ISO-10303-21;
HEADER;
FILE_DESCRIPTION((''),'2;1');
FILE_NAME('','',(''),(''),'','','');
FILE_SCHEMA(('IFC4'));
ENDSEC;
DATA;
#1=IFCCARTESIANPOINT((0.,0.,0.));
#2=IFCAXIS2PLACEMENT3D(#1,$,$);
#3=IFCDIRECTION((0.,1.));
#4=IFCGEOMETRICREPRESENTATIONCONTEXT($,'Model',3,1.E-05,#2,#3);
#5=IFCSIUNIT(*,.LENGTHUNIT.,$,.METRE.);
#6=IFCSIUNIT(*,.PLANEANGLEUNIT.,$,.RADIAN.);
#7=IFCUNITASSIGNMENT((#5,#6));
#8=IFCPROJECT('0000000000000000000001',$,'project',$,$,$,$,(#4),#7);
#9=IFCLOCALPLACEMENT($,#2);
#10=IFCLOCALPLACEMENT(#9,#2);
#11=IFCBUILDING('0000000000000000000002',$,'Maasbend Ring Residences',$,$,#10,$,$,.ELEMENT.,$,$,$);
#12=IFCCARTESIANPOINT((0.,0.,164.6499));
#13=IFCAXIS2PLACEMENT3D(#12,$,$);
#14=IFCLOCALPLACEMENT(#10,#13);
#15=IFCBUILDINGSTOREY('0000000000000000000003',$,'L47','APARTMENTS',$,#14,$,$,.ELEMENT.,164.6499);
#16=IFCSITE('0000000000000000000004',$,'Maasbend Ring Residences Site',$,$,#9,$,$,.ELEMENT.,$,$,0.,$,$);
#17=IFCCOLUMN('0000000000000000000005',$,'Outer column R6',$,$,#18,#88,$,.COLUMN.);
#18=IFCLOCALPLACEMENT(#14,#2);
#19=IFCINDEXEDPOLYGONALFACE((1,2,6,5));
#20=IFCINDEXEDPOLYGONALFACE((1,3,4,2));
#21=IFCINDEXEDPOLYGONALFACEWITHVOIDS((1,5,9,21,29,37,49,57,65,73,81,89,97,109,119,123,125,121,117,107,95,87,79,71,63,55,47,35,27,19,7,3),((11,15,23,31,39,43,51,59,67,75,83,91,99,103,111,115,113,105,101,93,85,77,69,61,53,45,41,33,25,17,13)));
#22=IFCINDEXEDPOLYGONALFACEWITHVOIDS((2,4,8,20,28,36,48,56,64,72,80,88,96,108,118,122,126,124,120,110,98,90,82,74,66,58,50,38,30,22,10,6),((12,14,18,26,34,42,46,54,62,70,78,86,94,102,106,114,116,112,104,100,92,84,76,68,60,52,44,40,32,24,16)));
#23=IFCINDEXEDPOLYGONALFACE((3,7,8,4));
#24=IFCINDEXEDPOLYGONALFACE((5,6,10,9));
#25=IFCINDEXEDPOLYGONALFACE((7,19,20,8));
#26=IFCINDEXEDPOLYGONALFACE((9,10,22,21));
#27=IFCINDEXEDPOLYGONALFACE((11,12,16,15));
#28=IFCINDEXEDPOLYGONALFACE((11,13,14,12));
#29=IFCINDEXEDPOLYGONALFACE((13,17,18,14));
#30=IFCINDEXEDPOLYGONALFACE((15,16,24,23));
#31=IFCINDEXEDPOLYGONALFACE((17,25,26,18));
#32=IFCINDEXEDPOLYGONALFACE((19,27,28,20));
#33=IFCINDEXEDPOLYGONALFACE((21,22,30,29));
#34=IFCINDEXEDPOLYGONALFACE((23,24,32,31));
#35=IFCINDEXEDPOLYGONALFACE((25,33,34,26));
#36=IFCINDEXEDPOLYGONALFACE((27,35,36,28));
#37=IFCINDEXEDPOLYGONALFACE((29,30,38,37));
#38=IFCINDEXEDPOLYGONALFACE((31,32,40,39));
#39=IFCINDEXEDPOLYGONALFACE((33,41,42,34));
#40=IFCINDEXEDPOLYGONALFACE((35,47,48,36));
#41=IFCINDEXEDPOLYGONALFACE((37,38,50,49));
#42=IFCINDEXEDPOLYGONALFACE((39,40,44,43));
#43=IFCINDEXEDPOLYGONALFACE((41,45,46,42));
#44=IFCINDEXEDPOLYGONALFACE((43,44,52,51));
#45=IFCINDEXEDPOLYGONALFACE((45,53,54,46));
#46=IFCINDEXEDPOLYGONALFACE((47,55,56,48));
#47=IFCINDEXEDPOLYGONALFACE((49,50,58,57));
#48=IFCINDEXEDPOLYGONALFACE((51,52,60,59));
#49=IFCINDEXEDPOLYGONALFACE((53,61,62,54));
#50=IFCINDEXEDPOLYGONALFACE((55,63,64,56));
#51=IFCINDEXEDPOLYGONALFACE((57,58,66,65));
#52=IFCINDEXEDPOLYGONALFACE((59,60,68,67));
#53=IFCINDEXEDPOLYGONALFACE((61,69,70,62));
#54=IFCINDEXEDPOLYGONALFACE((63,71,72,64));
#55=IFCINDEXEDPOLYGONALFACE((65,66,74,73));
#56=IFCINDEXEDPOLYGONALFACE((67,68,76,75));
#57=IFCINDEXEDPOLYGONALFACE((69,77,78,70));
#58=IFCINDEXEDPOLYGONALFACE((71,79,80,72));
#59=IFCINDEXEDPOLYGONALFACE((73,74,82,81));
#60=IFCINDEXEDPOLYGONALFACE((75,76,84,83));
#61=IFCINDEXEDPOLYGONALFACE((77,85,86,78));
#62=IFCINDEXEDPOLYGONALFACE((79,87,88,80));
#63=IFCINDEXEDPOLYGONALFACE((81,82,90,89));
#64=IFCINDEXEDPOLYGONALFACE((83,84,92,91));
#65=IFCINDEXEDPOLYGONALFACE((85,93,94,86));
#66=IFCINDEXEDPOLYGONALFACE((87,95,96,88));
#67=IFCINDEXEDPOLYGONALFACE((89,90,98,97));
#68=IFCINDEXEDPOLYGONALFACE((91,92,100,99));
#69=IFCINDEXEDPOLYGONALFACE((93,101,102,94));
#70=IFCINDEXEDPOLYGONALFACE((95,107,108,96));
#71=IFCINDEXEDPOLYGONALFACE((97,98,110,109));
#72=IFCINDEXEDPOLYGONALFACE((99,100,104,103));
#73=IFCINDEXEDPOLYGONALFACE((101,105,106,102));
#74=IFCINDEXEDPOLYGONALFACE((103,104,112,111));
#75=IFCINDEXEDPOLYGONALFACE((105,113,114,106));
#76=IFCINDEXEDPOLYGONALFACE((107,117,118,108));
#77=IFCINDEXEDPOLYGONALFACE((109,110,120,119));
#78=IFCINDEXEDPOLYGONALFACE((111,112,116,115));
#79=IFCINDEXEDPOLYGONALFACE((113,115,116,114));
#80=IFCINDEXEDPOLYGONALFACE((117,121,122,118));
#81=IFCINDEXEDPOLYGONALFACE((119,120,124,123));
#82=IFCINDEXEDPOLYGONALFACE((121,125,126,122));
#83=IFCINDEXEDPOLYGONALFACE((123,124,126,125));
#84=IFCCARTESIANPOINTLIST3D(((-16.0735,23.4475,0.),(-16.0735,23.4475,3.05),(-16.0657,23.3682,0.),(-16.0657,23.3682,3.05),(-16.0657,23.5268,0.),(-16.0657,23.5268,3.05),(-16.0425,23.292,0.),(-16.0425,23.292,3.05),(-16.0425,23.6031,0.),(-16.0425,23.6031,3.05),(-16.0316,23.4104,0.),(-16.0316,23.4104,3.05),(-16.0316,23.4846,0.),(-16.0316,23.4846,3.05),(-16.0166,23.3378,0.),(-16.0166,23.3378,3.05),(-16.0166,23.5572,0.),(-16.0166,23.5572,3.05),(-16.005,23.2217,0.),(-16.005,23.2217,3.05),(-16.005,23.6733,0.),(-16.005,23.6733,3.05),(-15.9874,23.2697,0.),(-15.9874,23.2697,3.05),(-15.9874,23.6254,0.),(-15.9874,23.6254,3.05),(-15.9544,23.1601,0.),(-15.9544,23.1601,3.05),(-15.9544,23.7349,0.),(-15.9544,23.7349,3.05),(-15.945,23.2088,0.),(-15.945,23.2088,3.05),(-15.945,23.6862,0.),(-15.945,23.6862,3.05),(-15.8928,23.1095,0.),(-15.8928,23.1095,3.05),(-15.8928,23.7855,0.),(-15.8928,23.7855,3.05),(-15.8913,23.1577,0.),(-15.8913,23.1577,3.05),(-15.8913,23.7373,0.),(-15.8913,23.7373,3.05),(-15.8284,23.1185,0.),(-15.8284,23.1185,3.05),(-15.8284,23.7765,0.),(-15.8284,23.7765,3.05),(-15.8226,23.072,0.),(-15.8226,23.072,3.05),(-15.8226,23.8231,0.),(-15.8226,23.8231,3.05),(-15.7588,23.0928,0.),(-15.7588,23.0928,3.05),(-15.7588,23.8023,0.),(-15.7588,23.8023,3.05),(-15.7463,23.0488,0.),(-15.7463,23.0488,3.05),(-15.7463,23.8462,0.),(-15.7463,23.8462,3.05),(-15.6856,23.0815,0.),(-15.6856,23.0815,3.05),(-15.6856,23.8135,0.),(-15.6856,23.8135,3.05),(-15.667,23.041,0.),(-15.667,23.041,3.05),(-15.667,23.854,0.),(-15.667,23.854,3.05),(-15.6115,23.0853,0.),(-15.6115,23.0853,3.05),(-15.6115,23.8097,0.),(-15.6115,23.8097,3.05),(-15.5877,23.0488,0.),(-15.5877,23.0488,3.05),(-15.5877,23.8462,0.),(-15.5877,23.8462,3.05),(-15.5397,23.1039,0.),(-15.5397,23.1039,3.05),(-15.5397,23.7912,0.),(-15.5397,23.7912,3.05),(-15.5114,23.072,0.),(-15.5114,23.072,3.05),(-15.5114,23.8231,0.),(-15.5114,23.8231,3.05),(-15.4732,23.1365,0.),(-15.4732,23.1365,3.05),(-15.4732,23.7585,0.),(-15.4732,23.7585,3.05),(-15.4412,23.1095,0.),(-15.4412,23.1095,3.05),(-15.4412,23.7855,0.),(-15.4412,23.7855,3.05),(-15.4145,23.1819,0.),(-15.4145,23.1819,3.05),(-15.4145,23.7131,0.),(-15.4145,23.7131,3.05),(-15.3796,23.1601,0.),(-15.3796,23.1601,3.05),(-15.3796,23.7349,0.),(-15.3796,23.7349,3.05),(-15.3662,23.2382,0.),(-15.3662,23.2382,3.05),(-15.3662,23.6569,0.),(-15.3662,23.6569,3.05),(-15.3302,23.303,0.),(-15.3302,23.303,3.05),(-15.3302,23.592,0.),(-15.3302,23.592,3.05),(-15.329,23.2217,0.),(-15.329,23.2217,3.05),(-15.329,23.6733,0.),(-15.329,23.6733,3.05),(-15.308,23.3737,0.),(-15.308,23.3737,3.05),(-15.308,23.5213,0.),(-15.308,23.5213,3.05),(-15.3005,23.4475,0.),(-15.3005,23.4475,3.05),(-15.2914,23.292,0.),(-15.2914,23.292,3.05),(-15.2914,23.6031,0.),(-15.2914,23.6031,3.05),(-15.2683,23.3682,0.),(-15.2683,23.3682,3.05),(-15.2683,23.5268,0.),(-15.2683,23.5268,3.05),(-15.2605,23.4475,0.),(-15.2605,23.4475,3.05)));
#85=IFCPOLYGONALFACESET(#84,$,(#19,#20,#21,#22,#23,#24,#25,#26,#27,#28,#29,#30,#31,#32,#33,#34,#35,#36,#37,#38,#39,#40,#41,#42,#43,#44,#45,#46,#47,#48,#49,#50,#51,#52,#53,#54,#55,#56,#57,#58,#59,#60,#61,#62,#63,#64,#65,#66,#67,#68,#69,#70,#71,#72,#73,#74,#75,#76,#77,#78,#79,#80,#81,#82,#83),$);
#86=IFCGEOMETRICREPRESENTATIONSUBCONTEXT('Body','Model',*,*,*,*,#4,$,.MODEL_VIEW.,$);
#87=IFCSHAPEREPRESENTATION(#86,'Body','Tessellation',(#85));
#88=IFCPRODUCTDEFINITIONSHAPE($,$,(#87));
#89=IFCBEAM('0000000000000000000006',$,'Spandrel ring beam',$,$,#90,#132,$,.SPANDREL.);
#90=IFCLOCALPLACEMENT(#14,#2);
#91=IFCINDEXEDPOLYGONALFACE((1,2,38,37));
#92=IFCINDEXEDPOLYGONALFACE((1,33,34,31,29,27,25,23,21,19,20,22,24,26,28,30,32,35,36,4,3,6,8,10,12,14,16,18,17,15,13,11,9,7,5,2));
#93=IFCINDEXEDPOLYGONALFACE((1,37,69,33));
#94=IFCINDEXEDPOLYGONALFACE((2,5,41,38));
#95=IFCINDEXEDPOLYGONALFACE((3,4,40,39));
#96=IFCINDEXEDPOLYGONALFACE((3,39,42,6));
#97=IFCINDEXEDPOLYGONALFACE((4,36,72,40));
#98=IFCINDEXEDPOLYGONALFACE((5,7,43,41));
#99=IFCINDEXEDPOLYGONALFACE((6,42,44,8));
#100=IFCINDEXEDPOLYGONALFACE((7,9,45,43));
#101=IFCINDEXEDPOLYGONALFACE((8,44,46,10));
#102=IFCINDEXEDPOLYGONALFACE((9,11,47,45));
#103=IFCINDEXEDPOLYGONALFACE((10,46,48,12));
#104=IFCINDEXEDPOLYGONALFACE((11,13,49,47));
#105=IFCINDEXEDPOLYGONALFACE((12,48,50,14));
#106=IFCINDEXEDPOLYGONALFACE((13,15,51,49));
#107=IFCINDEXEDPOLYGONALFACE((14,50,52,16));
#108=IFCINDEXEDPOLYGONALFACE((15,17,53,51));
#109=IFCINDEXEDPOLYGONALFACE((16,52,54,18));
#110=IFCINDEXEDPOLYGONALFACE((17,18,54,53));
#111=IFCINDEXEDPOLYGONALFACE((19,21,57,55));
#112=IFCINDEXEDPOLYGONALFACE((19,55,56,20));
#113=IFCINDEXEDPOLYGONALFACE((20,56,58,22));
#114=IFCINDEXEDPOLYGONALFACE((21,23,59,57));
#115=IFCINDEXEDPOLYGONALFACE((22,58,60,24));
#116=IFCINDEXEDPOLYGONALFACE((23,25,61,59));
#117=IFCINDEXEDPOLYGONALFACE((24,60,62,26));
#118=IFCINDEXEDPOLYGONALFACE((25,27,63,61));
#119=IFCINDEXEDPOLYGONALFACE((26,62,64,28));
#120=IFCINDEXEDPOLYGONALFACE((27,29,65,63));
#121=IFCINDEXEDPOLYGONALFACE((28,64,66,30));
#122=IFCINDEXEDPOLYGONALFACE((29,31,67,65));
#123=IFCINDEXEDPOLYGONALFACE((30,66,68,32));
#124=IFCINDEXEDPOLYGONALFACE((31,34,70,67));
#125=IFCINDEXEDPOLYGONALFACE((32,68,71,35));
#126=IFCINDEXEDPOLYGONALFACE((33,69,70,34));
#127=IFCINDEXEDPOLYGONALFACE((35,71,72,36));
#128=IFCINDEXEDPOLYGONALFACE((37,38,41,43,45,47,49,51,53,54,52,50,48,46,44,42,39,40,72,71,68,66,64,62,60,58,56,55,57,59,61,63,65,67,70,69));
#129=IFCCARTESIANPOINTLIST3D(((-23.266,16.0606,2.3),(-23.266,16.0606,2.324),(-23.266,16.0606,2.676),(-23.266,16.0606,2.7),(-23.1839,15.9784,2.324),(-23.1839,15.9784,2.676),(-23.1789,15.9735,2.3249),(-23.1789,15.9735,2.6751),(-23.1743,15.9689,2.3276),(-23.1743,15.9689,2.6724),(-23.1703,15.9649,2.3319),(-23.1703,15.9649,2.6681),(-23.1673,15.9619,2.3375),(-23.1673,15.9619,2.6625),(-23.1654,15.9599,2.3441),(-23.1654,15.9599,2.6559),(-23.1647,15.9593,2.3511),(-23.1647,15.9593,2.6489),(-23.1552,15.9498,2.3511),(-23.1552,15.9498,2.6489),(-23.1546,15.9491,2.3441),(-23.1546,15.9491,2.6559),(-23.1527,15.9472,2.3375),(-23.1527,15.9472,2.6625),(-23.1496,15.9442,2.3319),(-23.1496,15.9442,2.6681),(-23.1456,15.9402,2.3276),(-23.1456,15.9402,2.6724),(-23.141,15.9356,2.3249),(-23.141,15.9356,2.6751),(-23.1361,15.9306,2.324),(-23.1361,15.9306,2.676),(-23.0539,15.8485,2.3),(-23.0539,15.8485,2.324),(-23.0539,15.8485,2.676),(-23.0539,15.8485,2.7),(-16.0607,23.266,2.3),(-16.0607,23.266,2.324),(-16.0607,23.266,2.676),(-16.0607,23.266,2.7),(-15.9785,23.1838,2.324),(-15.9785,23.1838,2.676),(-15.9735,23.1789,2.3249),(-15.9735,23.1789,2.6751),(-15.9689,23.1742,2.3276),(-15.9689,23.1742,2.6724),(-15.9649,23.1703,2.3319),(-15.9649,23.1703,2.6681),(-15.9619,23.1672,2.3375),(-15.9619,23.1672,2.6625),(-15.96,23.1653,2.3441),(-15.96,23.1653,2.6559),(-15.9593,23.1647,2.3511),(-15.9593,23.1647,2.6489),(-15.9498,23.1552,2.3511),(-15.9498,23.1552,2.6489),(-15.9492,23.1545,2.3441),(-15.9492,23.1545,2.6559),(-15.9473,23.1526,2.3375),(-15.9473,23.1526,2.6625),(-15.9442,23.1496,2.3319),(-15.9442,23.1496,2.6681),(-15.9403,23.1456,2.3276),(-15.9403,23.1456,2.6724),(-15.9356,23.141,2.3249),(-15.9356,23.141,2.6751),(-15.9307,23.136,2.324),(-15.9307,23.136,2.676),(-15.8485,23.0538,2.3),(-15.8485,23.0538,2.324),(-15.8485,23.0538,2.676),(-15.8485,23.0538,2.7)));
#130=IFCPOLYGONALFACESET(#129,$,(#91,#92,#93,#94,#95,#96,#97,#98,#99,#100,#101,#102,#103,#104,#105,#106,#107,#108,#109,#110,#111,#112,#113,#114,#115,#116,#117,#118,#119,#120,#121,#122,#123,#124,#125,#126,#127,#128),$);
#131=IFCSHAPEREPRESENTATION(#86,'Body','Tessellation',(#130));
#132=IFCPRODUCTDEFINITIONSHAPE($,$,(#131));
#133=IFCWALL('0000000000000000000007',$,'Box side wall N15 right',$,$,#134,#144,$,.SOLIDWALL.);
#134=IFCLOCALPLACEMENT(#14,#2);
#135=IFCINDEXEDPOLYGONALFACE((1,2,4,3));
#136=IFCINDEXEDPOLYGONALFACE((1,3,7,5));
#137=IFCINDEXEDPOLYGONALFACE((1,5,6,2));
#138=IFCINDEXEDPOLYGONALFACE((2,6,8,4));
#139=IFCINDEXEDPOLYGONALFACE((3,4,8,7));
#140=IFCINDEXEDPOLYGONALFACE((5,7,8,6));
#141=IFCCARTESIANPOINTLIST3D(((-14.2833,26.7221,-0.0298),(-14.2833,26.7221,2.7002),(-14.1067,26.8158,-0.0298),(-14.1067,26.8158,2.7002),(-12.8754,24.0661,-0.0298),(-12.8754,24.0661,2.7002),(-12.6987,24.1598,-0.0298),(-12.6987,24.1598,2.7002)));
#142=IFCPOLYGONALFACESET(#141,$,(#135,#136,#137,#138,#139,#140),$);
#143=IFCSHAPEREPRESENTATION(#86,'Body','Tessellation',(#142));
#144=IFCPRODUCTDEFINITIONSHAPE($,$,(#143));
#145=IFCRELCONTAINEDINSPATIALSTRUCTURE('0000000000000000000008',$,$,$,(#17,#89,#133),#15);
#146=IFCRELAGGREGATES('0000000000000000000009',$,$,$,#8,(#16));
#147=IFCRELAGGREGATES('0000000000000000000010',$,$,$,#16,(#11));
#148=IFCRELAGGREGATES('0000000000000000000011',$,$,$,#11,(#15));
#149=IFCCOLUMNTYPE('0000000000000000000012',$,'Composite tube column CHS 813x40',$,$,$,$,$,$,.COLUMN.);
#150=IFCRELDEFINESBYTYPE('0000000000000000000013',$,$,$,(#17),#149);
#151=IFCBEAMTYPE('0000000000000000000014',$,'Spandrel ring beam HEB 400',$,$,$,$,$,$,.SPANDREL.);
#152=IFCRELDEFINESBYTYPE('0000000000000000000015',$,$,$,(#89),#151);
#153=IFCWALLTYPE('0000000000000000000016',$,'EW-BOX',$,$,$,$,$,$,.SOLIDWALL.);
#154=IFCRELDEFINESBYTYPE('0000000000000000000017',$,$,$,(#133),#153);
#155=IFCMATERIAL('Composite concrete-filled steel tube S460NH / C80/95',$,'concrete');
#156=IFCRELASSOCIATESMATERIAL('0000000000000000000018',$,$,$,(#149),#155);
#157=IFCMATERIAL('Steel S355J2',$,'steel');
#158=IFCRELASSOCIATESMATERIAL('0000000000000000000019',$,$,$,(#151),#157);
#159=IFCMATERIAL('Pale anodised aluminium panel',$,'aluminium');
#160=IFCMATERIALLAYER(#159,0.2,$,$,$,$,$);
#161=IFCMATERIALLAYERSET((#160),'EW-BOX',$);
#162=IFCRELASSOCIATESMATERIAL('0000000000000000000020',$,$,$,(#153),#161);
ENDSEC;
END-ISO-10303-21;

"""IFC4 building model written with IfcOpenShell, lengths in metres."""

from ifc_helpers import new_model, si_unit, direction, frame, frame_2d, origin, origin_2d, place, context, subcontext, project, spatial, rectangle, hollow_circle, i_section, extrude, material, layer, layer_set, material_profile, profile_set, type_object, element, save


model = new_model("IFC4")

# Units and contexts
model_context = context("Model", 3, precision=1e-05, world=origin(), true_north=direction((0.0, 1.0)))
body_context = subcontext(model_context, "Body", "Model", "MODEL_VIEW")
ifc_project = project(units=[si_unit("LENGTHUNIT", "METRE"), si_unit("PLANEANGLEUNIT", "RADIAN")], contexts=[model_context])

# Site, building, storey
site_placement = place(None, origin())
site = spatial("IfcSite", under=ifc_project, at=site_placement, Name="Maasbend Ring Residences Site", CompositionType="ELEMENT", RefElevation=0.0)
building_placement = place(site_placement, origin())
building = spatial("IfcBuilding", under=site, at=building_placement, Name="Maasbend Ring Residences", CompositionType="ELEMENT")
storey_placement = place(building_placement, frame((0.0, 0.0, 164.6499)))
storey = spatial("IfcBuildingStorey", under=building, at=storey_placement, Name="L47", Description="APARTMENTS", CompositionType="ELEMENT", Elevation=164.6499)

# Column
ifc_material_1 = material(Name="Composite concrete-filled steel tube S460NH / C80/95", Category="concrete")
ifc_material_profile_1 = material_profile(ifc_material_1, hollow_circle(Radius=0.4065, WallThickness=0.04, at=origin_2d()), Name="Composite tube column CHS 813x40")
ifc_profile_set_1 = profile_set([ifc_material_profile_1], Name="Composite concrete-filled steel tube S460NH / C80/95")
column_type = type_object("IfcColumnType", Name="Composite tube column CHS 813x40", PredefinedType="COLUMN", material=ifc_profile_set_1)
column_placement = place(storey_placement, frame((-15.667, 23.4475, 0.0), z_axis=(0.0, 0.0, 1.0), x_axis=(1.0, 0.0, 0.0)))
element("IfcColumn", 1, at=column_placement, inside=storey, type_object=column_type, Name="Outer column R6", PredefinedType="COLUMN", context=body_context, shape_type="SweptSolid", body=[
    extrude(hollow_circle(Radius=0.4065, WallThickness=0.04, at=origin_2d()), origin(), (0.0, 0.0, 1.0), 3.05),
])

# Beam
ifc_material_2 = material(Name="Steel S355J2", Category="steel")
ifc_material_profile_2 = material_profile(ifc_material_2, i_section(OverallWidth=0.3, OverallDepth=0.3999, WebThickness=0.0134, FlangeThickness=0.0239, FilletRadius=0.0271, at=origin_2d()), Name="HEB 400")
ifc_profile_set_2 = profile_set([ifc_material_profile_2], Name="Steel S355J2")
beam_type = type_object("IfcBeamType", Name="Spandrel ring beam HEB 400", PredefinedType="SPANDREL", material=ifc_profile_set_2)
beam_placement = place(storey_placement, frame((-15.9546, 23.1599, 2.5), z_axis=(-0.707107, -0.707107, 0.0), x_axis=(0.707107, -0.707107, 0.0)))
element("IfcBeam", 2, at=beam_placement, inside=storey, type_object=beam_type, Name="Spandrel ring beam", PredefinedType="SPANDREL", context=body_context, shape_type="SweptSolid", body=[
    extrude(i_section(OverallWidth=0.3, OverallDepth=0.3999, WebThickness=0.0134, FlangeThickness=0.0239, FilletRadius=0.0271, at=origin_2d()), origin(), (0.0, 0.0, 1.0), 10.1899),
])

# Wall
ifc_material_3 = material(Name="Pale anodised aluminium panel", Category="aluminium")
ifc_layer_1 = layer(ifc_material_3, 0.2)
ifc_layer_set_1 = layer_set([ifc_layer_1], Name="EW-BOX")
wall_type_1 = type_object("IfcWallType", Name="EW-BOX", PredefinedType="SOLIDWALL", material=ifc_layer_set_1)
wall_1_placement = place(storey_placement, frame((-12.7871, 24.113, -0.0298), z_axis=(0.0, 0.0, 1.0), x_axis=(-0.468365, 0.883535, 0.0)))
element("IfcWall", 3, at=wall_1_placement, inside=storey, type_object=wall_type_1, Name="Box side wall N15 right", PredefinedType="SOLIDWALL", context=body_context, shape_type="SweptSolid", body=[
    extrude(rectangle(XDim=3.0061, YDim=0.2, at=frame_2d((1.5029, 0.0))), origin(), (0.0, 0.0, 1.0), 2.73),
])

save(model, "model.ifc")
